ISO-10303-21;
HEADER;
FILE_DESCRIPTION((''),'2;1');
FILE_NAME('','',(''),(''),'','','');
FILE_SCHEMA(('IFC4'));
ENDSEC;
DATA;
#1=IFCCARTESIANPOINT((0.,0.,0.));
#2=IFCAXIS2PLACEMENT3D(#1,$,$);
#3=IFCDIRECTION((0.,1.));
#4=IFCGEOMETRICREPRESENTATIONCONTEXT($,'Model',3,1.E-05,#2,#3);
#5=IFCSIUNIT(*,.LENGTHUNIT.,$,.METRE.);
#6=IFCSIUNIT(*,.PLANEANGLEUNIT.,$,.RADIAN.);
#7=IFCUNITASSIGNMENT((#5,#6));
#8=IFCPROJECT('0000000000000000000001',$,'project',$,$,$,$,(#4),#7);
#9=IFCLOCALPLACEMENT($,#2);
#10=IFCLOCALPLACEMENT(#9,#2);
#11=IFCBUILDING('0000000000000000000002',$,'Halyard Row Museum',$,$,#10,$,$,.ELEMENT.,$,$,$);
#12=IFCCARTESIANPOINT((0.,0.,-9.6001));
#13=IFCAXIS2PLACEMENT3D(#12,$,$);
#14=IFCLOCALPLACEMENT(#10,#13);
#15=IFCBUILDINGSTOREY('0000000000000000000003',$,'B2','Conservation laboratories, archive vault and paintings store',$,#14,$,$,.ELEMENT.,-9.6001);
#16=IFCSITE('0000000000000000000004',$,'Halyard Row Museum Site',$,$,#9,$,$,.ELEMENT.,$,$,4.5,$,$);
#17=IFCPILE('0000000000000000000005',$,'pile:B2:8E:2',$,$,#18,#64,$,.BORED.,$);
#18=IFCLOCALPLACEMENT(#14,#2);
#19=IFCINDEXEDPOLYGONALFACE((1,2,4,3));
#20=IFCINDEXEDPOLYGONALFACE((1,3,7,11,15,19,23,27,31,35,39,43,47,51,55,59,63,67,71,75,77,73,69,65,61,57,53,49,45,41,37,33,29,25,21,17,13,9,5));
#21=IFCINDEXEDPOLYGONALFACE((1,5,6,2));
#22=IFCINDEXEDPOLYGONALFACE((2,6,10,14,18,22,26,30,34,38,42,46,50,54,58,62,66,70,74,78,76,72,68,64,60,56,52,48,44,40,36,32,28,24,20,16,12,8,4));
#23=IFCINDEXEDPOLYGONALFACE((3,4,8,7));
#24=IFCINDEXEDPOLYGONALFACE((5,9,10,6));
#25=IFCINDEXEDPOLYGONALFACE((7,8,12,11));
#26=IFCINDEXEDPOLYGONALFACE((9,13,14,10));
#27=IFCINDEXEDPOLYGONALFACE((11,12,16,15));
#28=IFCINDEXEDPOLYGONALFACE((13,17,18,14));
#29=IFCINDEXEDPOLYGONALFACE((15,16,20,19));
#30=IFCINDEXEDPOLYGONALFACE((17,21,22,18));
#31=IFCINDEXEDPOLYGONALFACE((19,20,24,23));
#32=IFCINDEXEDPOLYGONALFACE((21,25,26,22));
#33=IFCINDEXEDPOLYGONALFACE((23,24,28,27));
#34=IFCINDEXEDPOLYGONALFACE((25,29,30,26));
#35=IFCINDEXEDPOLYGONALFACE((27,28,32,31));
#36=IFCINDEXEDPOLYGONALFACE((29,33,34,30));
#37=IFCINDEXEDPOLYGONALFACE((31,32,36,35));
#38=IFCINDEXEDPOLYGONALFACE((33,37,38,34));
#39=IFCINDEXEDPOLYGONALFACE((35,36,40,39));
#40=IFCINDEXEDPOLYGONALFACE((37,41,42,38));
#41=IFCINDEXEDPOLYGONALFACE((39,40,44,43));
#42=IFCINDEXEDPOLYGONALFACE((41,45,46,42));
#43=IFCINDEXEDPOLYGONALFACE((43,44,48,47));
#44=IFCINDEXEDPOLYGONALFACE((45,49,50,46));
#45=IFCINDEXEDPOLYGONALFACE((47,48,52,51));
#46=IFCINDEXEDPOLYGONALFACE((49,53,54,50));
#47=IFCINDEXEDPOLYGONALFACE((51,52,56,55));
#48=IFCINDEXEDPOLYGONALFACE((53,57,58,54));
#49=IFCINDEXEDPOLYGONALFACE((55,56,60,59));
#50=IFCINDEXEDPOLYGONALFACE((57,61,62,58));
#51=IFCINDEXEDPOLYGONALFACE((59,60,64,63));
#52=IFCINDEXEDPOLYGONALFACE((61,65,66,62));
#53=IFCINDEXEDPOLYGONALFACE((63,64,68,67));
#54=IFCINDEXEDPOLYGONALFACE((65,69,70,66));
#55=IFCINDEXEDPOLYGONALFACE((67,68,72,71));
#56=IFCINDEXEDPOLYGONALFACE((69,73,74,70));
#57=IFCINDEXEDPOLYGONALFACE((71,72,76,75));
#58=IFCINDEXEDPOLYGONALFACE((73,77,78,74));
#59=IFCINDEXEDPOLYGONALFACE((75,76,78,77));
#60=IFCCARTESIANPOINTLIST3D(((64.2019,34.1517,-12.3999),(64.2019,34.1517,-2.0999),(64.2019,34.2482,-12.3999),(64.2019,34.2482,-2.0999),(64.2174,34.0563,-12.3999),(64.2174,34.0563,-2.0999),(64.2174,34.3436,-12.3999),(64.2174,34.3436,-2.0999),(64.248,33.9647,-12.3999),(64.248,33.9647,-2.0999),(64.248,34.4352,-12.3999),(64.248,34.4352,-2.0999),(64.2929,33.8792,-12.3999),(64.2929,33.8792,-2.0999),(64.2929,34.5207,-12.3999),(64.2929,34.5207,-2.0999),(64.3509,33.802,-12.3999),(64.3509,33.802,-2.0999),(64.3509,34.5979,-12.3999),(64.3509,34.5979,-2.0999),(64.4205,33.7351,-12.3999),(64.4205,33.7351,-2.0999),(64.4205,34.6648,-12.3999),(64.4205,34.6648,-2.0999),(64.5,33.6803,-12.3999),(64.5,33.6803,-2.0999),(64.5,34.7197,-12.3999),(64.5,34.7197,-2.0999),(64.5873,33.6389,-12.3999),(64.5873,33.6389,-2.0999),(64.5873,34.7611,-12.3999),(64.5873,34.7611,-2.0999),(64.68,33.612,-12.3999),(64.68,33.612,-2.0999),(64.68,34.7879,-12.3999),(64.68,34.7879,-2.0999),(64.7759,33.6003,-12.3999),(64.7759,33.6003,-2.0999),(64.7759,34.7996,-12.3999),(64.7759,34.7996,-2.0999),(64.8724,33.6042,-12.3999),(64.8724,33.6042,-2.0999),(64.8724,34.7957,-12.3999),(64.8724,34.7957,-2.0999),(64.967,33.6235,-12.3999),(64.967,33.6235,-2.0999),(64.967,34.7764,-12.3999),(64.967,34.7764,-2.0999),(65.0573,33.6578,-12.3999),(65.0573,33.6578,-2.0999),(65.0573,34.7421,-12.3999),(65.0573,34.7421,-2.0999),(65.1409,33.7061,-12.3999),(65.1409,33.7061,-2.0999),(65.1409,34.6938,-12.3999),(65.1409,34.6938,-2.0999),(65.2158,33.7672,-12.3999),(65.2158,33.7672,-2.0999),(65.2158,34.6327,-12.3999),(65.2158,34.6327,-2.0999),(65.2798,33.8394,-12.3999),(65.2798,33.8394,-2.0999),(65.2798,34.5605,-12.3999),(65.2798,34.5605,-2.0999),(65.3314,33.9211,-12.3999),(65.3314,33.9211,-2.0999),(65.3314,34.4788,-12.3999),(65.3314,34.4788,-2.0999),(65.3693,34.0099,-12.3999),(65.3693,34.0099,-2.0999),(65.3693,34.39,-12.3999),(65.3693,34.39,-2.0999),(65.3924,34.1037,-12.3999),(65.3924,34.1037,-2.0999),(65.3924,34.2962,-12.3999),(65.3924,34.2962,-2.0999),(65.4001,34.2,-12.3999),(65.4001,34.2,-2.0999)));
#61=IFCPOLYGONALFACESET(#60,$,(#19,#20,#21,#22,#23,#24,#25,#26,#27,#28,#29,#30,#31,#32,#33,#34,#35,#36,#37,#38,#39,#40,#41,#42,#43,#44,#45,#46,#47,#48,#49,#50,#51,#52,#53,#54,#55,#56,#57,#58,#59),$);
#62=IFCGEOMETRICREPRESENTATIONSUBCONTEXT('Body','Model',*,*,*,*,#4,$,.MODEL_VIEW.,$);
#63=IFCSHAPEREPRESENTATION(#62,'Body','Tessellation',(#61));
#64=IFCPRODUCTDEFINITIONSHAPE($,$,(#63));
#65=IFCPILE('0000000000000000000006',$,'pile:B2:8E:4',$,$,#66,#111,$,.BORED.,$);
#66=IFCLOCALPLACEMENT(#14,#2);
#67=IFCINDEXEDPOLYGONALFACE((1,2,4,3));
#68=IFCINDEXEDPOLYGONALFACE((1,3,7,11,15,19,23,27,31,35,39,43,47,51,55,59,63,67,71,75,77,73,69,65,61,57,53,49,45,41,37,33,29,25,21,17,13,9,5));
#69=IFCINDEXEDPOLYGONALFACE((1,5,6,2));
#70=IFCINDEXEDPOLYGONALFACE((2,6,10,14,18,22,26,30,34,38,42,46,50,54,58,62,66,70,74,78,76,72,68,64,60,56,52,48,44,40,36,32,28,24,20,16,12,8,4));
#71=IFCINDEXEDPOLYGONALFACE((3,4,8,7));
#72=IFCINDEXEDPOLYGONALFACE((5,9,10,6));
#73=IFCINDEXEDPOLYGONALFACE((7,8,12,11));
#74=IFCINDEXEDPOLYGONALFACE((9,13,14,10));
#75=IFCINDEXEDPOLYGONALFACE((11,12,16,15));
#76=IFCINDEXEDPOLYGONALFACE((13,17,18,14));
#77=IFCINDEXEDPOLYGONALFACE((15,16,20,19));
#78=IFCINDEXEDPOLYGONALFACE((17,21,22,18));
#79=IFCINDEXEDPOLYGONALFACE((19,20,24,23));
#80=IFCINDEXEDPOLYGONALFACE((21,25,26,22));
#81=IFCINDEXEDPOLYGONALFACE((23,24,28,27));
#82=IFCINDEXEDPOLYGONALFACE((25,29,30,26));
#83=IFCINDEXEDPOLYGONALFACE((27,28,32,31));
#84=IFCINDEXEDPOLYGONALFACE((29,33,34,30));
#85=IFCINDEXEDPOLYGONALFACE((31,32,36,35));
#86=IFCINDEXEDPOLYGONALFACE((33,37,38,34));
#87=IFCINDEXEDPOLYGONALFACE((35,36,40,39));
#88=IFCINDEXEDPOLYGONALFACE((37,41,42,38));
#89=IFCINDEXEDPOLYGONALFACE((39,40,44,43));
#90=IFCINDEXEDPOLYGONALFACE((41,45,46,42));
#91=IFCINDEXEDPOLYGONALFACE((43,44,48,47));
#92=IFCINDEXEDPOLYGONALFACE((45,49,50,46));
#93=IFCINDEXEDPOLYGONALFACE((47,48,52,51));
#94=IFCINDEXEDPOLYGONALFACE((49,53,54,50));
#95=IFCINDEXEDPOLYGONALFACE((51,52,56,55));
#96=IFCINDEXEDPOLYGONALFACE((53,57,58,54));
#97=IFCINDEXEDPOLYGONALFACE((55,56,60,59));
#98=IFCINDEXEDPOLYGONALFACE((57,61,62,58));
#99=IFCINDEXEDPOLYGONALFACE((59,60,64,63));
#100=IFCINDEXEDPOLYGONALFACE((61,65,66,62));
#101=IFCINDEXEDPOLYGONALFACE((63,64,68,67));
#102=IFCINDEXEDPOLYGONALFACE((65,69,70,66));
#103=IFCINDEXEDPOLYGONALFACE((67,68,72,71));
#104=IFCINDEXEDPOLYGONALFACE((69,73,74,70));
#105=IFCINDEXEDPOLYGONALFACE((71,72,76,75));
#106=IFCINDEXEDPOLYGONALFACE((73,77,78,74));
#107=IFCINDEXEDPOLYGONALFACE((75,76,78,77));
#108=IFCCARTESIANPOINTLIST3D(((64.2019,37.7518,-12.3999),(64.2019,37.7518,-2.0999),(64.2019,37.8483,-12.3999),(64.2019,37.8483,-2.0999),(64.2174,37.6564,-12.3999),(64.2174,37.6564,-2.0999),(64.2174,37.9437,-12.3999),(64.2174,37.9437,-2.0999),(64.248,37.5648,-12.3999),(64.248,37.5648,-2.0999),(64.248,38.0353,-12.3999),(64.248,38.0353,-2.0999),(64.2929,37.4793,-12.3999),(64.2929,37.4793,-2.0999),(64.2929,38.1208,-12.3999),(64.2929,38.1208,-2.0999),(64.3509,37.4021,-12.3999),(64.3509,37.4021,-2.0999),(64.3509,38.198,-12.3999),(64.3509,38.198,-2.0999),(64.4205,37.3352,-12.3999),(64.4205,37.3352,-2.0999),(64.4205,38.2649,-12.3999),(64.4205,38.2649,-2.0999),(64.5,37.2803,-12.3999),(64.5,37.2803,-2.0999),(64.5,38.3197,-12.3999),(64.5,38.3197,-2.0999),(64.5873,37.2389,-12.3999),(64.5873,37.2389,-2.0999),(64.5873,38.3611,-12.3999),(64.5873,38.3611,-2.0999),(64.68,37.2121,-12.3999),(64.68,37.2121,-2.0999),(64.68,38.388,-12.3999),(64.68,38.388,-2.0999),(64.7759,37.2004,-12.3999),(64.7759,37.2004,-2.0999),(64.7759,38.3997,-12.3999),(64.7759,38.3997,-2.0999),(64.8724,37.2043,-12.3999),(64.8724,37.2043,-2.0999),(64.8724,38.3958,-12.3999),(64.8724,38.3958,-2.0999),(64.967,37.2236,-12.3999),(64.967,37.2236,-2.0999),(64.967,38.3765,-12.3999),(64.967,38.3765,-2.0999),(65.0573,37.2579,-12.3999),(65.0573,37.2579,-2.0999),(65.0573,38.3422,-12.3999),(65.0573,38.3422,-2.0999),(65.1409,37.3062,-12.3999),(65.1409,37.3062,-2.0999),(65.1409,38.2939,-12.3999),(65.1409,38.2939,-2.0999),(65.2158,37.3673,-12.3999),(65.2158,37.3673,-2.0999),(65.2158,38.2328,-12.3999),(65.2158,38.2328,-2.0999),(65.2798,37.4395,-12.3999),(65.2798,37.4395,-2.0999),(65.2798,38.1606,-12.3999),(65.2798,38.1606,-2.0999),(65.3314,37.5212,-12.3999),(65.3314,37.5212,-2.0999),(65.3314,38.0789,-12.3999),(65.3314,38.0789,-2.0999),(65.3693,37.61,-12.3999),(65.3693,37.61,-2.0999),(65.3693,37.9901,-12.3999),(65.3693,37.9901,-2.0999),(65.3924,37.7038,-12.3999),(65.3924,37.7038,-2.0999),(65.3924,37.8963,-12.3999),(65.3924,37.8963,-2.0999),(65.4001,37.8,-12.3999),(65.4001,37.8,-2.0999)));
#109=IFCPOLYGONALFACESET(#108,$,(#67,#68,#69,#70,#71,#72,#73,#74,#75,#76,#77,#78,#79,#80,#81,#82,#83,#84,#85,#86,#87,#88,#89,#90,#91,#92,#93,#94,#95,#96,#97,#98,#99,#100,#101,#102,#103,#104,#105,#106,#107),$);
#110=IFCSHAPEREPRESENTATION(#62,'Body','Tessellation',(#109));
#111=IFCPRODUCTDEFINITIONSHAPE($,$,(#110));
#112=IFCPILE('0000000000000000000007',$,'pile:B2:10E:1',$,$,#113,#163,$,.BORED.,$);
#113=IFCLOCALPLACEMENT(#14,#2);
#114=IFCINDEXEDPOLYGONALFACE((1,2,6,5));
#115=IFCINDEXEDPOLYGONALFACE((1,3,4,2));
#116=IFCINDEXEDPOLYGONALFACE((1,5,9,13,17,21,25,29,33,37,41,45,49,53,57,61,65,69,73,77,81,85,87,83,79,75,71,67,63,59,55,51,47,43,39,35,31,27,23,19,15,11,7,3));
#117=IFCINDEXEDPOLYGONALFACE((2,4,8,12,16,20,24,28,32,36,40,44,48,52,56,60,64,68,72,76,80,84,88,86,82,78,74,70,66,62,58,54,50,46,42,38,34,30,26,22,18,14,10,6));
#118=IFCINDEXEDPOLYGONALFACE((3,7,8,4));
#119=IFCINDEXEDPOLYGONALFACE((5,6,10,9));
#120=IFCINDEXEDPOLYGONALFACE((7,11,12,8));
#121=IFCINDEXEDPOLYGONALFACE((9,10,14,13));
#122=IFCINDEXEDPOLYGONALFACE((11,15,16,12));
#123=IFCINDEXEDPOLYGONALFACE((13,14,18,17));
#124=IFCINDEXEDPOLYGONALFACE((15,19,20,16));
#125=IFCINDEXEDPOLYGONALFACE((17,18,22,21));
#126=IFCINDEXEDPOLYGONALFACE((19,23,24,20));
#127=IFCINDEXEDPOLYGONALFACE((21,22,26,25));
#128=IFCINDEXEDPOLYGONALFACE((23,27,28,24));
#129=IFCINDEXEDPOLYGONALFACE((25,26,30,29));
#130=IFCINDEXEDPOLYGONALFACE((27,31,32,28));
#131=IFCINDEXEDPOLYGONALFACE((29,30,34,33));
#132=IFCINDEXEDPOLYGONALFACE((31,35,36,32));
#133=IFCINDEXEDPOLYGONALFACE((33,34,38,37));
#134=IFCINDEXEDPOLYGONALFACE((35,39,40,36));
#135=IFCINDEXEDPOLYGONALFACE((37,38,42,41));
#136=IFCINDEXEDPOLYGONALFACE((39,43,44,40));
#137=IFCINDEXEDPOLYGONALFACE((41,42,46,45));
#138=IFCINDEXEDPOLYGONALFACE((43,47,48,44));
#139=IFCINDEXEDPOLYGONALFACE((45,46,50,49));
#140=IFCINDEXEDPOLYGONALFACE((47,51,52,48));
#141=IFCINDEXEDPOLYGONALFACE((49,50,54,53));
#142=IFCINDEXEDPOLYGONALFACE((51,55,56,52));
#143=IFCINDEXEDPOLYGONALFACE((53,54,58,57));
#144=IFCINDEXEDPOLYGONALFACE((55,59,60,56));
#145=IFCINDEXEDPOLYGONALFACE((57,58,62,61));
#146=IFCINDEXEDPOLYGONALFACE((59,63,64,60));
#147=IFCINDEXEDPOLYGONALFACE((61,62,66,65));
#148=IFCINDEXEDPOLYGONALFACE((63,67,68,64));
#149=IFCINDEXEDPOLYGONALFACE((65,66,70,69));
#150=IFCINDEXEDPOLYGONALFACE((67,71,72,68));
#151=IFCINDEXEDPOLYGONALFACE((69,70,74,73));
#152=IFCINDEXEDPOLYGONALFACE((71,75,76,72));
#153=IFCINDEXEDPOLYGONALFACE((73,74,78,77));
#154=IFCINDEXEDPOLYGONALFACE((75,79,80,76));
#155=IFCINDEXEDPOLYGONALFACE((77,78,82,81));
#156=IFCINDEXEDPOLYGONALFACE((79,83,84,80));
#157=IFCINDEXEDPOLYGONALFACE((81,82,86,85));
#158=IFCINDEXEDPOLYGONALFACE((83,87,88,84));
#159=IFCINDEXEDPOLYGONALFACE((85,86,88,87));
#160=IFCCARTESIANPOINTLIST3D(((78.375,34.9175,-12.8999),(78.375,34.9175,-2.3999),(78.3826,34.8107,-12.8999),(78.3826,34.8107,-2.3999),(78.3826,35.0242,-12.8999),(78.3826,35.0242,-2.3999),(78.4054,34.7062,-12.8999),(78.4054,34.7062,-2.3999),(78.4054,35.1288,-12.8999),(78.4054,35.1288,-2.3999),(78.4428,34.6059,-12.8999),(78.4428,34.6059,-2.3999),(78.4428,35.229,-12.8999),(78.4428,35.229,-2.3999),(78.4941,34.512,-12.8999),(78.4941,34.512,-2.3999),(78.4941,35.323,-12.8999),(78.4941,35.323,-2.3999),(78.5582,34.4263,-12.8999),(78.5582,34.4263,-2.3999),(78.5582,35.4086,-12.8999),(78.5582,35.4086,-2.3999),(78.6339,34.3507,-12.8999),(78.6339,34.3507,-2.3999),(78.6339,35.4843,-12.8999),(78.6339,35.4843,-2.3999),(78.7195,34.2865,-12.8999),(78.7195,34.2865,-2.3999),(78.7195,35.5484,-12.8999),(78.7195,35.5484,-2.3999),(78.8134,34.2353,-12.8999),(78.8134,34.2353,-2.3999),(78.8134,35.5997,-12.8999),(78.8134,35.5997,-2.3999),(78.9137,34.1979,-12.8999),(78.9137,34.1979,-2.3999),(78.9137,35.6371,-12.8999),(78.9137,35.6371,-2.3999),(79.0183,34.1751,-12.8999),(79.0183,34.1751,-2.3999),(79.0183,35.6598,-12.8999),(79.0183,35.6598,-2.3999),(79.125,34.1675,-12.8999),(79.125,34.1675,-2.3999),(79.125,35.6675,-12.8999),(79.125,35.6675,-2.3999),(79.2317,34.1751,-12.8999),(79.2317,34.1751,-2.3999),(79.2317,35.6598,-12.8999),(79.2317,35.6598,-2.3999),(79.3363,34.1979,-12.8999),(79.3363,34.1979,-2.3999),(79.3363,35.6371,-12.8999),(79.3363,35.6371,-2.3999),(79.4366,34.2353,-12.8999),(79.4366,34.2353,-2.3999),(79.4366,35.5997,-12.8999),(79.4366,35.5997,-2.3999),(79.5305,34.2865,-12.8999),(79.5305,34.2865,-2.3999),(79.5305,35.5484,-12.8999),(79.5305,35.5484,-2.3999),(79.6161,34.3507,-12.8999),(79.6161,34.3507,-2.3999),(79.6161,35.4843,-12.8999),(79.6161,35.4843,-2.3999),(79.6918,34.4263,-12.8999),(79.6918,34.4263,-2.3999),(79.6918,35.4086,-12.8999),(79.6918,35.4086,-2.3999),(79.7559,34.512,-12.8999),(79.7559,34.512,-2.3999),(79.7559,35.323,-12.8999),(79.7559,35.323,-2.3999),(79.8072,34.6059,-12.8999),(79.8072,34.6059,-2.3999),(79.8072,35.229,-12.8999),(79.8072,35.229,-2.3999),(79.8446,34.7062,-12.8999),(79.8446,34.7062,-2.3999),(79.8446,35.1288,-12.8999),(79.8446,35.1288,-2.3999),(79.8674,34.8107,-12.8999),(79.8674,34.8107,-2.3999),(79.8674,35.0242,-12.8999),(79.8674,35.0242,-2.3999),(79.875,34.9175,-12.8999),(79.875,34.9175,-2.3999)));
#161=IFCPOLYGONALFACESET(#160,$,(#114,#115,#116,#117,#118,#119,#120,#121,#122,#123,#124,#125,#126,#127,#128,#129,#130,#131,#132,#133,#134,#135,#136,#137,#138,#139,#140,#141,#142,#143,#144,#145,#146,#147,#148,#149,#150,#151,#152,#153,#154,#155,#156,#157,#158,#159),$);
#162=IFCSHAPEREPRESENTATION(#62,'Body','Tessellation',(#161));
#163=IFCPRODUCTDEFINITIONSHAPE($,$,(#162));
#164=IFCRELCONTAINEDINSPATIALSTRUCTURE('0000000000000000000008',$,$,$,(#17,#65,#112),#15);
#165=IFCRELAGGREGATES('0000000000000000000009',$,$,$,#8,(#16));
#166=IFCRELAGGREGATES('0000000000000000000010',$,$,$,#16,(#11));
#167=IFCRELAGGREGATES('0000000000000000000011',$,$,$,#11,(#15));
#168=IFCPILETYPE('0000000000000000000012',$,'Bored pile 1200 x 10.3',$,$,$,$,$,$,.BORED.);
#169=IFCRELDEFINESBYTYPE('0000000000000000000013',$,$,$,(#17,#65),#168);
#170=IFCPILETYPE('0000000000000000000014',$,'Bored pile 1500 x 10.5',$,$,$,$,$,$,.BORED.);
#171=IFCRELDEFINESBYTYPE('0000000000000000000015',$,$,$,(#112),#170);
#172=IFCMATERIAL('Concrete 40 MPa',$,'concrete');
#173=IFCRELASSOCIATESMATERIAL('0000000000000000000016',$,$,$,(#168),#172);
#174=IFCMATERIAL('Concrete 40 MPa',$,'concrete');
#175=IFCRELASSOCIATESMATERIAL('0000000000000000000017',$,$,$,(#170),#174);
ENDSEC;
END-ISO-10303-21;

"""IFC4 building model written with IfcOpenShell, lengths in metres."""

from ifc_helpers import new_model, si_unit, direction, frame, origin, origin_2d, place, context, subcontext, project, spatial, circle, extrude, material, material_profile, profile_set, type_object, element, save


model = new_model("IFC4")

# Units and contexts
model_context = context("Model", 3, precision=1e-05, world=origin(), true_north=direction((0.0, 1.0)))
body_context = subcontext(model_context, "Body", "Model", "MODEL_VIEW")
ifc_project = project(units=[si_unit("LENGTHUNIT", "METRE"), si_unit("PLANEANGLEUNIT", "RADIAN")], contexts=[model_context])

# Site, building, storey
site_placement = place(None, origin())
site = spatial("IfcSite", under=ifc_project, at=site_placement, Name="Halyard Row Museum Site", CompositionType="ELEMENT", RefElevation=4.5)
building_placement = place(site_placement, origin())
building = spatial("IfcBuilding", under=site, at=building_placement, Name="Halyard Row Museum", CompositionType="ELEMENT")
storey_placement = place(building_placement, frame((0.0, 0.0, -9.6001)))
storey = spatial("IfcBuildingStorey", under=building, at=storey_placement, Name="B2", Description="Conservation laboratories, archive vault and paintings store", CompositionType="ELEMENT", Elevation=-9.6001)

# Piles
ifc_material_1 = material(Name="Concrete 40 MPa", Category="concrete")
ifc_material_profile_1 = material_profile(ifc_material_1, circle(Radius=0.6001, at=origin_2d()), Name="Bored pile 1200 x 10.3")
ifc_profile_set_1 = profile_set([ifc_material_profile_1], Name="Concrete 40 MPa")
pile_type_1 = type_object("IfcPileType", Name="Bored pile 1200 x 10.3", PredefinedType="BORED", material=ifc_profile_set_1)
for number, where, z_axis, x_axis, name in (
    (1, (64.8, 34.2, -2.0999), (0.0, 0.0, -1.0), (1.0, 0.0, 0.0), "pile:B2:8E:2"),
    (2, (64.8, 37.8, -2.0999), (0.0, 0.0, -1.0), (1.0, 0.0, 0.0), "pile:B2:8E:4"),
):
    element("IfcPile", number, at=place(storey_placement, frame(where, z_axis=z_axis, x_axis=x_axis)), inside=storey, type_object=pile_type_1, Name=name, PredefinedType="BORED", context=body_context, shape_type="SweptSolid", body=[
        extrude(circle(Radius=0.6001, at=origin_2d()), origin(), (0.0, 0.0, 1.0), 10.3),
    ])
ifc_material_2 = material(Name="Concrete 40 MPa", Category="concrete")
ifc_material_profile_2 = material_profile(ifc_material_2, circle(Radius=0.75, at=origin_2d()), Name="Bored pile 1500 x 10.5")
ifc_profile_set_2 = profile_set([ifc_material_profile_2], Name="Concrete 40 MPa")
pile_type_2 = type_object("IfcPileType", Name="Bored pile 1500 x 10.5", PredefinedType="BORED", material=ifc_profile_set_2)
for number, where, z_axis, x_axis, name in (
    (3, (79.125, 34.9175, -2.3999), (0.0, 0.0, -1.0), (1.0, 0.0, 0.0), "pile:B2:10E:1"),
):
    element("IfcPile", number, at=place(storey_placement, frame(where, z_axis=z_axis, x_axis=x_axis)), inside=storey, type_object=pile_type_2, Name=name, PredefinedType="BORED", context=body_context, shape_type="SweptSolid", body=[
        extrude(circle(Radius=0.75, at=origin_2d()), origin(), (0.0, 0.0, 1.0), 10.5),
    ])

save(model, "model.ifc")
